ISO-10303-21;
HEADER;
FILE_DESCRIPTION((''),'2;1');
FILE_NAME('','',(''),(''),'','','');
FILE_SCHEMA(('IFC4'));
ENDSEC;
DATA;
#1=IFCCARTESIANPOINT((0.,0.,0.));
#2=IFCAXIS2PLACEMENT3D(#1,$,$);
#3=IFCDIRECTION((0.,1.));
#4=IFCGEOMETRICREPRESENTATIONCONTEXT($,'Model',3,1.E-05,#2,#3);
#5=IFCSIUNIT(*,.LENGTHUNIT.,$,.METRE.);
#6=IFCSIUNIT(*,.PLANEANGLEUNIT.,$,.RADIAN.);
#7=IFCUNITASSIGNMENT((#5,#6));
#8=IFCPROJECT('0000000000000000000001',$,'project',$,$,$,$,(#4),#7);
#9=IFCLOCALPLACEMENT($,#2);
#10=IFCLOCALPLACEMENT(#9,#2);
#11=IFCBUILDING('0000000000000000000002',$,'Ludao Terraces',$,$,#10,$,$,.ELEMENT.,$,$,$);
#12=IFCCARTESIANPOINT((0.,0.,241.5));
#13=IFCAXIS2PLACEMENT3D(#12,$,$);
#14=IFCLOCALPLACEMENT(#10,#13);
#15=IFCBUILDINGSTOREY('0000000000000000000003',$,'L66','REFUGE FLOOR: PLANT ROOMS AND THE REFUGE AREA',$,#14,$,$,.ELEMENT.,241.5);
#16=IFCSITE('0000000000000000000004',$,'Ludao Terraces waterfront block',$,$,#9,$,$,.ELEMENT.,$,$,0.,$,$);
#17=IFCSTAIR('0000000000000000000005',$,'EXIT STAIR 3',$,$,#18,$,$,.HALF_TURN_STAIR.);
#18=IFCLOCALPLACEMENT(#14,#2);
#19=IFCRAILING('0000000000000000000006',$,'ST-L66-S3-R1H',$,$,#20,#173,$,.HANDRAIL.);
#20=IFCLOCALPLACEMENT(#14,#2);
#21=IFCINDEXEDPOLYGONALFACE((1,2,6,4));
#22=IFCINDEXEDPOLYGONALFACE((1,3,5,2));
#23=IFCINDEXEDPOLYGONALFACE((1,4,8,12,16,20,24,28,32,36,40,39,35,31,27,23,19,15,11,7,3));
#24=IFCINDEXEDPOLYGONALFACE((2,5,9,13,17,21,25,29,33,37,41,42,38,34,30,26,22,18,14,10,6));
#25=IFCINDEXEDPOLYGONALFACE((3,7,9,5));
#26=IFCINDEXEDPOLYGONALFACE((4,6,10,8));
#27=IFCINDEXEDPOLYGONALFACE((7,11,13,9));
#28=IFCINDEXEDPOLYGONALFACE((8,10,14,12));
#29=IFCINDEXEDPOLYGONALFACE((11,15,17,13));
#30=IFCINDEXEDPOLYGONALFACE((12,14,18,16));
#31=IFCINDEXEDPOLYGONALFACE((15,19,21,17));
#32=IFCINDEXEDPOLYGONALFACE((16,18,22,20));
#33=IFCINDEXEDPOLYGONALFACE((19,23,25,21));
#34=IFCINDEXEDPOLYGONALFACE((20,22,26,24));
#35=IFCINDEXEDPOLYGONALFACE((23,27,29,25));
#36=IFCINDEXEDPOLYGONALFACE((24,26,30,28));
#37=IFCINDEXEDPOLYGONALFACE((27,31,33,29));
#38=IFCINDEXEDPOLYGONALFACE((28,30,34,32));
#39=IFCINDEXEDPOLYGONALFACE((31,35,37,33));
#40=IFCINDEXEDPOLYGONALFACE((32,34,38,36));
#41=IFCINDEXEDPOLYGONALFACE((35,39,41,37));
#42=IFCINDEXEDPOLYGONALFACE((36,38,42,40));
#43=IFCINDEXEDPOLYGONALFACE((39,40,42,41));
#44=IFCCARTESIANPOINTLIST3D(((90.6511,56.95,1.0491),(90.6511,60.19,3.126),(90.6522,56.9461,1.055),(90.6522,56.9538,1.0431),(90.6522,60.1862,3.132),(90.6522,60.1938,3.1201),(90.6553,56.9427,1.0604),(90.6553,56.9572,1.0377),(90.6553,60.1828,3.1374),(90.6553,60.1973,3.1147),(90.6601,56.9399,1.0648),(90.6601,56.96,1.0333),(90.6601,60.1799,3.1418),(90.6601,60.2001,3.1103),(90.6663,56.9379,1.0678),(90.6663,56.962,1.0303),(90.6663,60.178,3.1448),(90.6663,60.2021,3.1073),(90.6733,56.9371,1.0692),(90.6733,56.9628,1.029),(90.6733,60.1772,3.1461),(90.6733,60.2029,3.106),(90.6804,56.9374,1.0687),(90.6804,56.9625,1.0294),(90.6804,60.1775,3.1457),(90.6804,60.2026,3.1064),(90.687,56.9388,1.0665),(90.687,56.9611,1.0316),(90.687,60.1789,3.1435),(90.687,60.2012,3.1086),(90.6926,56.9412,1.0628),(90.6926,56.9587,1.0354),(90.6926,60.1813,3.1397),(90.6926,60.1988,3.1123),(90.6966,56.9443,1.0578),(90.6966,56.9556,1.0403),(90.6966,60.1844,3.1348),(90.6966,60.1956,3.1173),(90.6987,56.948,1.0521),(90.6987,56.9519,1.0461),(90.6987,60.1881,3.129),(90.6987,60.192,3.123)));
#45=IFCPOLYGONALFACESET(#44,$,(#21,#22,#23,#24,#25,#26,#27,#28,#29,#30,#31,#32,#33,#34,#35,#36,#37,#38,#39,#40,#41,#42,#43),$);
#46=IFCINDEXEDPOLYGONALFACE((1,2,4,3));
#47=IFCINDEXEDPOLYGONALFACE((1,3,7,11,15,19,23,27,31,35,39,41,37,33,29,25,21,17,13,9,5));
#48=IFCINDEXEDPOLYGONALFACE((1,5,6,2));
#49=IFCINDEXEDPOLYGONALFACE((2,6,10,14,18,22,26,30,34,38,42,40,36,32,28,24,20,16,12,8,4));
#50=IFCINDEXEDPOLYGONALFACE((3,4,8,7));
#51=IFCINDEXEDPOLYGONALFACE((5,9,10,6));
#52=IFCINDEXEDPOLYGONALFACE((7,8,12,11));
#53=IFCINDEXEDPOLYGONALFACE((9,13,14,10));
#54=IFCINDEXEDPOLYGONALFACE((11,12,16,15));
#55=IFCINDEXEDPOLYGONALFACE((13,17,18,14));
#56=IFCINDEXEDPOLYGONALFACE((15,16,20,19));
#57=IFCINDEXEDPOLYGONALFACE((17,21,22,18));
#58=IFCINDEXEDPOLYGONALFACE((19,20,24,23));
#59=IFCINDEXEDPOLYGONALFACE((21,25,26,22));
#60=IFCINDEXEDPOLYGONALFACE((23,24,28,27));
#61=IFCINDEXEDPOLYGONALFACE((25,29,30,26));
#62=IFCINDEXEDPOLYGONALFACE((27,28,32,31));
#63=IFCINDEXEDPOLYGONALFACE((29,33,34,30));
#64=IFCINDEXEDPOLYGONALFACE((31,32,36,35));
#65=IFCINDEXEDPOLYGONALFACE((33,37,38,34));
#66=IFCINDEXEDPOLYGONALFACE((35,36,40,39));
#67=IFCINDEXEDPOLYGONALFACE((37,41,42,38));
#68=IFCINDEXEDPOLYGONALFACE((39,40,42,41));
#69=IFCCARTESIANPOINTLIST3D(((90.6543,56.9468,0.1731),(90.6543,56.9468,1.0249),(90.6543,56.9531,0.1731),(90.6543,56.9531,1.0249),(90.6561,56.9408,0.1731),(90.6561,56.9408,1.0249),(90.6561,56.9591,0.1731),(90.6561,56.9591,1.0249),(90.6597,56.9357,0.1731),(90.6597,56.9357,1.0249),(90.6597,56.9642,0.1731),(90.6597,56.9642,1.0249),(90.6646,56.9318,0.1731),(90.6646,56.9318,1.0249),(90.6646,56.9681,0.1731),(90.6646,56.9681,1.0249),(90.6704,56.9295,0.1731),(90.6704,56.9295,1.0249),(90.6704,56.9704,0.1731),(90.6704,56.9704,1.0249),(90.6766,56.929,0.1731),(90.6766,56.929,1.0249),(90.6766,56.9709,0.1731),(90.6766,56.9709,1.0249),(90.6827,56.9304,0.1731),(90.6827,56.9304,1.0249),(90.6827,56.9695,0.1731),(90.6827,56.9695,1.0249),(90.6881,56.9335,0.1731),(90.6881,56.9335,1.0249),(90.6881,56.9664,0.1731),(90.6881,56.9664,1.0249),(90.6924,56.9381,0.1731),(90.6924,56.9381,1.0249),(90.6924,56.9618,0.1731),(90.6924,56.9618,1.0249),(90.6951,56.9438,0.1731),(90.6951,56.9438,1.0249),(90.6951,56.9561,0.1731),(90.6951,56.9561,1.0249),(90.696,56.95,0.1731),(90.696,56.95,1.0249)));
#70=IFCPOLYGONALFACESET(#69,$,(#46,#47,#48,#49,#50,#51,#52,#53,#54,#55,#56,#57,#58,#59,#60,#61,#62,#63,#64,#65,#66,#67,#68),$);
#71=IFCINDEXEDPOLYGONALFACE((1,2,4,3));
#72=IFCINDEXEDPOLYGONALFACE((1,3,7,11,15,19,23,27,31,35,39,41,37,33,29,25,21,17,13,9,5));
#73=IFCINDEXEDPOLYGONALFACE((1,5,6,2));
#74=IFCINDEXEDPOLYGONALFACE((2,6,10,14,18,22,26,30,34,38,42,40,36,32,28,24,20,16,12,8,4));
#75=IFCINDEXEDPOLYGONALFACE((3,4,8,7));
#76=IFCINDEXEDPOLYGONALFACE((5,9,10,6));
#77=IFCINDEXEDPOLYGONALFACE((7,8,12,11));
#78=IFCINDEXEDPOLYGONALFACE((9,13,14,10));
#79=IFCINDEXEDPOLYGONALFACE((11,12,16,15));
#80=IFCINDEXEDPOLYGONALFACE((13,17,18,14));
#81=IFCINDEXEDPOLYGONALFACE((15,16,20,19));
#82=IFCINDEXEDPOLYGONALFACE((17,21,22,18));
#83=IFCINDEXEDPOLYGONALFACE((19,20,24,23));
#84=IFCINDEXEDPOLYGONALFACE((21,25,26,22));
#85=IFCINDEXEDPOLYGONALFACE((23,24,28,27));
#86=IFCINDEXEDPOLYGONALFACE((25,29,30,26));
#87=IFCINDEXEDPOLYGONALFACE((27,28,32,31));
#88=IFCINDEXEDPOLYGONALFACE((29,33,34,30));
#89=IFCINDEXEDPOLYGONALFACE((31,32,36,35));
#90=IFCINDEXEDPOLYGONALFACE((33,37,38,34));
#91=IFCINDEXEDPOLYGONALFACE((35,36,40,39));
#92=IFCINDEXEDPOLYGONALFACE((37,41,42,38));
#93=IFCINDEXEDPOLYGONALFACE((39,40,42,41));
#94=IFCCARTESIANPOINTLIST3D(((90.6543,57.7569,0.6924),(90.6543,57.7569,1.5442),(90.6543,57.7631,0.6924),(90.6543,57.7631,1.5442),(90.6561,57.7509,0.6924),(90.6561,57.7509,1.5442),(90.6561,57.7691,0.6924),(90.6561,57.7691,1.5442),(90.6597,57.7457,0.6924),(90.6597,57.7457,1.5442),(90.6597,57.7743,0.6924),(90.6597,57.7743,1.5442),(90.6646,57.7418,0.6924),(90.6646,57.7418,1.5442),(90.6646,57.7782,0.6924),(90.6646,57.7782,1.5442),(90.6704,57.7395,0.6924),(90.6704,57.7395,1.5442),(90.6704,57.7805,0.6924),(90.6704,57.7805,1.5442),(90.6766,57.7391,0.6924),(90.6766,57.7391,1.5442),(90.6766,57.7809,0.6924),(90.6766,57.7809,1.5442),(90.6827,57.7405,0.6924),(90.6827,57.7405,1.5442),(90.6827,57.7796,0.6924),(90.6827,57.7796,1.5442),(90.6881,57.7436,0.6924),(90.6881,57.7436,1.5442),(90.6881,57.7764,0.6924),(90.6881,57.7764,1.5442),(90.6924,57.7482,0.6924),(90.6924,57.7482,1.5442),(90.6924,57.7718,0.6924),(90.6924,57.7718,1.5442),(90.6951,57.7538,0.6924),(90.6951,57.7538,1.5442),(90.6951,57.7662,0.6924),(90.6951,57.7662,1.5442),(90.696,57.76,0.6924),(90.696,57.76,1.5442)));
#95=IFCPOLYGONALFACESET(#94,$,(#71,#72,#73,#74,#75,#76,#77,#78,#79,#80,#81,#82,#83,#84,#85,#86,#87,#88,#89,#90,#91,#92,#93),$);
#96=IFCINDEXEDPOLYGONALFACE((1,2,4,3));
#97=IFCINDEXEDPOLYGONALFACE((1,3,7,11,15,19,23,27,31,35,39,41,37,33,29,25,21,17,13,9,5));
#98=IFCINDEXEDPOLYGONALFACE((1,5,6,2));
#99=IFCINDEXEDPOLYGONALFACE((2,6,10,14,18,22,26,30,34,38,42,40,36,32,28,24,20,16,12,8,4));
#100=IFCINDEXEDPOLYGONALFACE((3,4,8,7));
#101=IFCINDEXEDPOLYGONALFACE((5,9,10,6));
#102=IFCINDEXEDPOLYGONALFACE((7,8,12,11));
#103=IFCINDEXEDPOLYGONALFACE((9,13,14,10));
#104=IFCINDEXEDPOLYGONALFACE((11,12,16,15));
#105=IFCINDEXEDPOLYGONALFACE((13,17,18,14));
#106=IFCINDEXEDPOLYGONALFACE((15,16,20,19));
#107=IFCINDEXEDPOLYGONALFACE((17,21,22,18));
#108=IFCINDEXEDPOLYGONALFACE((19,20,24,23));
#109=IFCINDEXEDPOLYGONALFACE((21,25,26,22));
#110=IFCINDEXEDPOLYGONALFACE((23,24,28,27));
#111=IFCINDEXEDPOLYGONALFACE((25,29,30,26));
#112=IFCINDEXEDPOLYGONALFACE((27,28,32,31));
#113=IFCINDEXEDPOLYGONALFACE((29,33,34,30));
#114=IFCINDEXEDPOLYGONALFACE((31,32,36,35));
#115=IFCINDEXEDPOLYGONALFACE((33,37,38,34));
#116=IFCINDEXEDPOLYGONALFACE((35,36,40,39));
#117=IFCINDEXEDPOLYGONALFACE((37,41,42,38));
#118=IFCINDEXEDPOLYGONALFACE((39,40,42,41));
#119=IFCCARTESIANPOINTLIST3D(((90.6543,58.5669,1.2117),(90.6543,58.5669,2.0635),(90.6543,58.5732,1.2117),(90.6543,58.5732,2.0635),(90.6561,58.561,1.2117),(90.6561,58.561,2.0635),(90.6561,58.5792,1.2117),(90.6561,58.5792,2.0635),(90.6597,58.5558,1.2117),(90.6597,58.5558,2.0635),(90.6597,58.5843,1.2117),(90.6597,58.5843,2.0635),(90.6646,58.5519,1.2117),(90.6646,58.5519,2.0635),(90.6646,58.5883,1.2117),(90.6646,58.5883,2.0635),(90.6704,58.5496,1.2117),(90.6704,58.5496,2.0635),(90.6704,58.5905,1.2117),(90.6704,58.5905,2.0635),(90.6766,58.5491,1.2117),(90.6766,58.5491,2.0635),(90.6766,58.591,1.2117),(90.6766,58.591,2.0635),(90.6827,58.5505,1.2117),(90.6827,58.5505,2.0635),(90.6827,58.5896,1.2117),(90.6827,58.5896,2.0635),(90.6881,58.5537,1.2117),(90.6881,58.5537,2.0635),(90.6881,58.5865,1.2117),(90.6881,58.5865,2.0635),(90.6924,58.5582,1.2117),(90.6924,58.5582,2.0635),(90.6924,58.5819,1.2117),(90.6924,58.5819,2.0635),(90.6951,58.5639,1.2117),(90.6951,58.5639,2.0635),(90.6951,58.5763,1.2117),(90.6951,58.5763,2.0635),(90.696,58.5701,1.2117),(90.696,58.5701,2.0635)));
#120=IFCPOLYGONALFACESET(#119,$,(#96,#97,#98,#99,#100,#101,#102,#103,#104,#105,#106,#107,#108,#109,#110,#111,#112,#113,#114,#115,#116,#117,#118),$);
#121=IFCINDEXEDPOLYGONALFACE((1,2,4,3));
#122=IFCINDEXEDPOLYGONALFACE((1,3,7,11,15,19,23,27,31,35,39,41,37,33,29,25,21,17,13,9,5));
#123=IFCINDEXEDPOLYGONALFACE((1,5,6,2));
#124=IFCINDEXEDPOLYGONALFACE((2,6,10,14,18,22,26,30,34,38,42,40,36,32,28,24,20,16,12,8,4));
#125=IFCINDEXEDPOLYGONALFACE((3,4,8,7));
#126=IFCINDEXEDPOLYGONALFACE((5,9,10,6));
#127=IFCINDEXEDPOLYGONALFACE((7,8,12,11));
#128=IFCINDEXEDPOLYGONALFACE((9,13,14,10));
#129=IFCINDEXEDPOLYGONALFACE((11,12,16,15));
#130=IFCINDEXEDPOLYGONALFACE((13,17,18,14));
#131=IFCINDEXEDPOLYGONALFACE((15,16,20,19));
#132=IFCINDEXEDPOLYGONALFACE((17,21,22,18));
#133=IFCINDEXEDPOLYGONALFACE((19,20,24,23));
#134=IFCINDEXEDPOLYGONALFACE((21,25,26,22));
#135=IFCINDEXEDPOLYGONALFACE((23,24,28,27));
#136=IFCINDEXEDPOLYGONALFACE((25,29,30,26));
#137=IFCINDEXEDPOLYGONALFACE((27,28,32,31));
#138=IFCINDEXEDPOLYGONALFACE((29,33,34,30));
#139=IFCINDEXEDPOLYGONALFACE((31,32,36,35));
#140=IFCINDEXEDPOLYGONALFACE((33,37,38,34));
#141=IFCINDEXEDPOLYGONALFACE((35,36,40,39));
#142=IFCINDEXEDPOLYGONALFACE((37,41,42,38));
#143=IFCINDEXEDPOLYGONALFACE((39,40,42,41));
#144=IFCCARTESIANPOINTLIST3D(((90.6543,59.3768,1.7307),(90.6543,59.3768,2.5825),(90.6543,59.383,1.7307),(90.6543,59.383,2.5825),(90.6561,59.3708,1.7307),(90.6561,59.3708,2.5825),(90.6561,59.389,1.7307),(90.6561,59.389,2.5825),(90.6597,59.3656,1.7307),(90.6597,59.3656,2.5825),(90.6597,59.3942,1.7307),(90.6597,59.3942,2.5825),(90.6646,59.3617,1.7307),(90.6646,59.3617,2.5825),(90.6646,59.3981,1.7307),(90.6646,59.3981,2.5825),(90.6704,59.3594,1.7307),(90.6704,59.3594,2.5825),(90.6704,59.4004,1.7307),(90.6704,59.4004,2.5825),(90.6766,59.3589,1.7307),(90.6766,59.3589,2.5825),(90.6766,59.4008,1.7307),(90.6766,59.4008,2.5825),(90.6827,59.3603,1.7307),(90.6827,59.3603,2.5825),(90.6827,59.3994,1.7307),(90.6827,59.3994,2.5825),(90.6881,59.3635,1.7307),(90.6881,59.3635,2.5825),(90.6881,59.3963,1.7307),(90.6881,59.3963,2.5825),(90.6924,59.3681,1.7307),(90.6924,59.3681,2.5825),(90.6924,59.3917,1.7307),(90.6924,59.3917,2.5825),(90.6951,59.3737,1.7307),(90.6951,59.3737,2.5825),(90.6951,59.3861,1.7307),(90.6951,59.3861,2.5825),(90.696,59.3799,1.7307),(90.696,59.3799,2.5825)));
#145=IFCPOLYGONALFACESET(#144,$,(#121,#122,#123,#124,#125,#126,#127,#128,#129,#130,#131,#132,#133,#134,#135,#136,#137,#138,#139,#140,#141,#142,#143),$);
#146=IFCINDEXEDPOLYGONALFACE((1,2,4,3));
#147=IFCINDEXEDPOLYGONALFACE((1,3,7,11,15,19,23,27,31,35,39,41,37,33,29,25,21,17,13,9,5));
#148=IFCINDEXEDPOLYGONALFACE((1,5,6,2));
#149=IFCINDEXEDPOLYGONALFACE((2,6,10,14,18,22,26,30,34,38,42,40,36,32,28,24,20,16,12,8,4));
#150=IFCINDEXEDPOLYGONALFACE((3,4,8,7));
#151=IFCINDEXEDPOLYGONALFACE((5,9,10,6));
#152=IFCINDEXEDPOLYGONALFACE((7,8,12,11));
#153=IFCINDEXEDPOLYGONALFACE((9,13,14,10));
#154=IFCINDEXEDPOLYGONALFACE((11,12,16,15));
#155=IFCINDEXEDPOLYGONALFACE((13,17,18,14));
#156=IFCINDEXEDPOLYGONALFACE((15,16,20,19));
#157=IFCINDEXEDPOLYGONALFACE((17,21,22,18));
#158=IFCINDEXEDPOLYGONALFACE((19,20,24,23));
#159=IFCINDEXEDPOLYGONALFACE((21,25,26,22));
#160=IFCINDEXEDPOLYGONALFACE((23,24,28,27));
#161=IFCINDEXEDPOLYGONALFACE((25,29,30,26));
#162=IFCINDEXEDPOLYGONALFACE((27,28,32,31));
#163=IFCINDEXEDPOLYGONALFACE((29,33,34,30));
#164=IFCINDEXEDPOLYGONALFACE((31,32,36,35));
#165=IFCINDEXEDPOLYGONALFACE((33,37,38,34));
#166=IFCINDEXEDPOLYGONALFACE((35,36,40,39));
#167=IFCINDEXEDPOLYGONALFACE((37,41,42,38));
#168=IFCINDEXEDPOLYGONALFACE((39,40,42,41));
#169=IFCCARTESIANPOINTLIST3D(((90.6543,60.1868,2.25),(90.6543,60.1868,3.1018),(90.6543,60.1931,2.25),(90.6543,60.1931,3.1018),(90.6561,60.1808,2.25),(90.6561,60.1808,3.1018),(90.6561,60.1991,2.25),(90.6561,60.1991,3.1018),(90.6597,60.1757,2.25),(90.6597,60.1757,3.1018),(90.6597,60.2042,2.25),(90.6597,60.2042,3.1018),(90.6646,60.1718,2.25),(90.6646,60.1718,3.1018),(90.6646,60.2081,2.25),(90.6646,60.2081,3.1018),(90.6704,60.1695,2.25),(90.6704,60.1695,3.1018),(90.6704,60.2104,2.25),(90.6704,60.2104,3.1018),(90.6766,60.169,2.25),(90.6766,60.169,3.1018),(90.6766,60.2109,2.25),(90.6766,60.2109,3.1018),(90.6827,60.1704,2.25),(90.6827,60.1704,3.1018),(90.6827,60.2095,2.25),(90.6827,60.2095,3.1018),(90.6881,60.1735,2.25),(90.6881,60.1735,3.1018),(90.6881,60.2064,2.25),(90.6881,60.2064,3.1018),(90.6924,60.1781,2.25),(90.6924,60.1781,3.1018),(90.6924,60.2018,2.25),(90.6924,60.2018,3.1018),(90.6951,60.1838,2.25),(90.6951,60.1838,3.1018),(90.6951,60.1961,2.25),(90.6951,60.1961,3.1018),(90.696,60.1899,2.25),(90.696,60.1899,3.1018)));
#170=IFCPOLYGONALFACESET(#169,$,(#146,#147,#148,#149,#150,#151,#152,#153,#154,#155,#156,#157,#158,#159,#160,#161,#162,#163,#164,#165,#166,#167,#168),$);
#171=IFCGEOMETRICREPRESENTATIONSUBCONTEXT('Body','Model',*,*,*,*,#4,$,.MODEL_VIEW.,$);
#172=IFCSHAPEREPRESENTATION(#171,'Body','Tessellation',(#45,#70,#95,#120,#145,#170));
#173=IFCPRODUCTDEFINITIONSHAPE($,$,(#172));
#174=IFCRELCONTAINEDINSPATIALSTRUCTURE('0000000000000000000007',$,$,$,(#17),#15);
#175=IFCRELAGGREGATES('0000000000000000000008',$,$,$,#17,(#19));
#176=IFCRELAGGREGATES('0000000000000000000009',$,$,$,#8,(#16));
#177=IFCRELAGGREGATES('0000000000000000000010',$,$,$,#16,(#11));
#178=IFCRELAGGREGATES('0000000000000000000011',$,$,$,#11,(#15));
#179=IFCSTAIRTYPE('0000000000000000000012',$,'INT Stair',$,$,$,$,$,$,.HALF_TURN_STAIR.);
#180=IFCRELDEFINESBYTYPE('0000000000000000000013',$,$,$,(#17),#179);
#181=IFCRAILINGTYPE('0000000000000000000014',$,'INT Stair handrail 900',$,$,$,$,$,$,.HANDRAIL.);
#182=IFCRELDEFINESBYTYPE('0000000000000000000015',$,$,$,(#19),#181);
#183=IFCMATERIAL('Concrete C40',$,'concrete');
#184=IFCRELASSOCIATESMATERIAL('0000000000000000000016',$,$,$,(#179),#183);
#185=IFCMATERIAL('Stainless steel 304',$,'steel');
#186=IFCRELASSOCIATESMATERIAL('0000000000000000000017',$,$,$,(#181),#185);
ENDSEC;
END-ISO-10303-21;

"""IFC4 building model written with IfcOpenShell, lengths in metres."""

from ifc_helpers import new_model, si_unit, direction, frame, origin, origin_2d, place, context, subcontext, project, spatial, circle, extrude, material, type_object, element, aggregate, save


model = new_model("IFC4")

# Units and contexts
model_context = context("Model", 3, precision=1e-05, world=origin(), true_north=direction((0.0, 1.0)))
body_context = subcontext(model_context, "Body", "Model", "MODEL_VIEW")
ifc_project = project(units=[si_unit("LENGTHUNIT", "METRE"), si_unit("PLANEANGLEUNIT", "RADIAN")], contexts=[model_context])

# Site, building, storey
site_placement = place(None, origin())
site = spatial("IfcSite", under=ifc_project, at=site_placement, Name="Ludao Terraces waterfront block", CompositionType="ELEMENT", RefElevation=0.0)
building_placement = place(site_placement, origin())
building = spatial("IfcBuilding", under=site, at=building_placement, Name="Ludao Terraces", CompositionType="ELEMENT")
storey_placement = place(building_placement, frame((0.0, 0.0, 241.5)))
storey = spatial("IfcBuildingStorey", under=building, at=storey_placement, Name="L66", Description="REFUGE FLOOR: PLANT ROOMS AND THE REFUGE AREA", CompositionType="ELEMENT", Elevation=241.5)

# Stair, railing
ifc_material_1 = material(Name="Concrete C40", Category="concrete")
stair_type = type_object("IfcStairType", Name="INT Stair", PredefinedType="HALF_TURN_STAIR", material=ifc_material_1)
stair_placement = place(storey_placement, origin())
stair = element("IfcStair", 1, at=stair_placement, inside=storey, type_object=stair_type, Name="EXIT STAIR 3", PredefinedType="HALF_TURN_STAIR")
ifc_material_2 = material(Name="Stainless steel 304", Category="steel")
railing_type_1 = type_object("IfcRailingType", Name="INT Stair handrail 900", PredefinedType="HANDRAIL", material=ifc_material_2)
railing_1_placement = place(storey_placement, frame((90.675, 56.95, 0.1731)))
railing_1 = element("IfcRailing", 2, at=railing_1_placement, type_object=railing_type_1, Name="ST-L66-S3-R1H", PredefinedType="HANDRAIL", context=body_context, shape_type="SweptSolid", body=[
    extrude(circle(Radius=0.0239, at=origin_2d()), frame((0.0, 0.0, 0.876), z_axis=(0.0, 0.841881, 0.539664), x_axis=(-1.0, 0.0, 0.0)), (0.0, 0.0, 1.0), 3.8486),
    extrude(circle(Radius=0.021, at=origin_2d()), origin(), (0.0, 0.0, 1.0), 0.8518),
    extrude(circle(Radius=0.021, at=origin_2d()), frame((0.0, 0.8101, 0.5193)), (0.0, 0.0, 1.0), 0.8518),
    extrude(circle(Radius=0.021, at=origin_2d()), frame((0.0, 1.6201, 1.0386)), (0.0, 0.0, 1.0), 0.8518),
    extrude(circle(Radius=0.021, at=origin_2d()), frame((0.0, 2.4299, 1.5576)), (0.0, 0.0, 1.0), 0.8518),
    extrude(circle(Radius=0.021, at=origin_2d()), frame((0.0, 3.24, 2.0769)), (0.0, 0.0, 1.0), 0.8518),
])
aggregate(stair, [railing_1])

save(model, "model.ifc")
